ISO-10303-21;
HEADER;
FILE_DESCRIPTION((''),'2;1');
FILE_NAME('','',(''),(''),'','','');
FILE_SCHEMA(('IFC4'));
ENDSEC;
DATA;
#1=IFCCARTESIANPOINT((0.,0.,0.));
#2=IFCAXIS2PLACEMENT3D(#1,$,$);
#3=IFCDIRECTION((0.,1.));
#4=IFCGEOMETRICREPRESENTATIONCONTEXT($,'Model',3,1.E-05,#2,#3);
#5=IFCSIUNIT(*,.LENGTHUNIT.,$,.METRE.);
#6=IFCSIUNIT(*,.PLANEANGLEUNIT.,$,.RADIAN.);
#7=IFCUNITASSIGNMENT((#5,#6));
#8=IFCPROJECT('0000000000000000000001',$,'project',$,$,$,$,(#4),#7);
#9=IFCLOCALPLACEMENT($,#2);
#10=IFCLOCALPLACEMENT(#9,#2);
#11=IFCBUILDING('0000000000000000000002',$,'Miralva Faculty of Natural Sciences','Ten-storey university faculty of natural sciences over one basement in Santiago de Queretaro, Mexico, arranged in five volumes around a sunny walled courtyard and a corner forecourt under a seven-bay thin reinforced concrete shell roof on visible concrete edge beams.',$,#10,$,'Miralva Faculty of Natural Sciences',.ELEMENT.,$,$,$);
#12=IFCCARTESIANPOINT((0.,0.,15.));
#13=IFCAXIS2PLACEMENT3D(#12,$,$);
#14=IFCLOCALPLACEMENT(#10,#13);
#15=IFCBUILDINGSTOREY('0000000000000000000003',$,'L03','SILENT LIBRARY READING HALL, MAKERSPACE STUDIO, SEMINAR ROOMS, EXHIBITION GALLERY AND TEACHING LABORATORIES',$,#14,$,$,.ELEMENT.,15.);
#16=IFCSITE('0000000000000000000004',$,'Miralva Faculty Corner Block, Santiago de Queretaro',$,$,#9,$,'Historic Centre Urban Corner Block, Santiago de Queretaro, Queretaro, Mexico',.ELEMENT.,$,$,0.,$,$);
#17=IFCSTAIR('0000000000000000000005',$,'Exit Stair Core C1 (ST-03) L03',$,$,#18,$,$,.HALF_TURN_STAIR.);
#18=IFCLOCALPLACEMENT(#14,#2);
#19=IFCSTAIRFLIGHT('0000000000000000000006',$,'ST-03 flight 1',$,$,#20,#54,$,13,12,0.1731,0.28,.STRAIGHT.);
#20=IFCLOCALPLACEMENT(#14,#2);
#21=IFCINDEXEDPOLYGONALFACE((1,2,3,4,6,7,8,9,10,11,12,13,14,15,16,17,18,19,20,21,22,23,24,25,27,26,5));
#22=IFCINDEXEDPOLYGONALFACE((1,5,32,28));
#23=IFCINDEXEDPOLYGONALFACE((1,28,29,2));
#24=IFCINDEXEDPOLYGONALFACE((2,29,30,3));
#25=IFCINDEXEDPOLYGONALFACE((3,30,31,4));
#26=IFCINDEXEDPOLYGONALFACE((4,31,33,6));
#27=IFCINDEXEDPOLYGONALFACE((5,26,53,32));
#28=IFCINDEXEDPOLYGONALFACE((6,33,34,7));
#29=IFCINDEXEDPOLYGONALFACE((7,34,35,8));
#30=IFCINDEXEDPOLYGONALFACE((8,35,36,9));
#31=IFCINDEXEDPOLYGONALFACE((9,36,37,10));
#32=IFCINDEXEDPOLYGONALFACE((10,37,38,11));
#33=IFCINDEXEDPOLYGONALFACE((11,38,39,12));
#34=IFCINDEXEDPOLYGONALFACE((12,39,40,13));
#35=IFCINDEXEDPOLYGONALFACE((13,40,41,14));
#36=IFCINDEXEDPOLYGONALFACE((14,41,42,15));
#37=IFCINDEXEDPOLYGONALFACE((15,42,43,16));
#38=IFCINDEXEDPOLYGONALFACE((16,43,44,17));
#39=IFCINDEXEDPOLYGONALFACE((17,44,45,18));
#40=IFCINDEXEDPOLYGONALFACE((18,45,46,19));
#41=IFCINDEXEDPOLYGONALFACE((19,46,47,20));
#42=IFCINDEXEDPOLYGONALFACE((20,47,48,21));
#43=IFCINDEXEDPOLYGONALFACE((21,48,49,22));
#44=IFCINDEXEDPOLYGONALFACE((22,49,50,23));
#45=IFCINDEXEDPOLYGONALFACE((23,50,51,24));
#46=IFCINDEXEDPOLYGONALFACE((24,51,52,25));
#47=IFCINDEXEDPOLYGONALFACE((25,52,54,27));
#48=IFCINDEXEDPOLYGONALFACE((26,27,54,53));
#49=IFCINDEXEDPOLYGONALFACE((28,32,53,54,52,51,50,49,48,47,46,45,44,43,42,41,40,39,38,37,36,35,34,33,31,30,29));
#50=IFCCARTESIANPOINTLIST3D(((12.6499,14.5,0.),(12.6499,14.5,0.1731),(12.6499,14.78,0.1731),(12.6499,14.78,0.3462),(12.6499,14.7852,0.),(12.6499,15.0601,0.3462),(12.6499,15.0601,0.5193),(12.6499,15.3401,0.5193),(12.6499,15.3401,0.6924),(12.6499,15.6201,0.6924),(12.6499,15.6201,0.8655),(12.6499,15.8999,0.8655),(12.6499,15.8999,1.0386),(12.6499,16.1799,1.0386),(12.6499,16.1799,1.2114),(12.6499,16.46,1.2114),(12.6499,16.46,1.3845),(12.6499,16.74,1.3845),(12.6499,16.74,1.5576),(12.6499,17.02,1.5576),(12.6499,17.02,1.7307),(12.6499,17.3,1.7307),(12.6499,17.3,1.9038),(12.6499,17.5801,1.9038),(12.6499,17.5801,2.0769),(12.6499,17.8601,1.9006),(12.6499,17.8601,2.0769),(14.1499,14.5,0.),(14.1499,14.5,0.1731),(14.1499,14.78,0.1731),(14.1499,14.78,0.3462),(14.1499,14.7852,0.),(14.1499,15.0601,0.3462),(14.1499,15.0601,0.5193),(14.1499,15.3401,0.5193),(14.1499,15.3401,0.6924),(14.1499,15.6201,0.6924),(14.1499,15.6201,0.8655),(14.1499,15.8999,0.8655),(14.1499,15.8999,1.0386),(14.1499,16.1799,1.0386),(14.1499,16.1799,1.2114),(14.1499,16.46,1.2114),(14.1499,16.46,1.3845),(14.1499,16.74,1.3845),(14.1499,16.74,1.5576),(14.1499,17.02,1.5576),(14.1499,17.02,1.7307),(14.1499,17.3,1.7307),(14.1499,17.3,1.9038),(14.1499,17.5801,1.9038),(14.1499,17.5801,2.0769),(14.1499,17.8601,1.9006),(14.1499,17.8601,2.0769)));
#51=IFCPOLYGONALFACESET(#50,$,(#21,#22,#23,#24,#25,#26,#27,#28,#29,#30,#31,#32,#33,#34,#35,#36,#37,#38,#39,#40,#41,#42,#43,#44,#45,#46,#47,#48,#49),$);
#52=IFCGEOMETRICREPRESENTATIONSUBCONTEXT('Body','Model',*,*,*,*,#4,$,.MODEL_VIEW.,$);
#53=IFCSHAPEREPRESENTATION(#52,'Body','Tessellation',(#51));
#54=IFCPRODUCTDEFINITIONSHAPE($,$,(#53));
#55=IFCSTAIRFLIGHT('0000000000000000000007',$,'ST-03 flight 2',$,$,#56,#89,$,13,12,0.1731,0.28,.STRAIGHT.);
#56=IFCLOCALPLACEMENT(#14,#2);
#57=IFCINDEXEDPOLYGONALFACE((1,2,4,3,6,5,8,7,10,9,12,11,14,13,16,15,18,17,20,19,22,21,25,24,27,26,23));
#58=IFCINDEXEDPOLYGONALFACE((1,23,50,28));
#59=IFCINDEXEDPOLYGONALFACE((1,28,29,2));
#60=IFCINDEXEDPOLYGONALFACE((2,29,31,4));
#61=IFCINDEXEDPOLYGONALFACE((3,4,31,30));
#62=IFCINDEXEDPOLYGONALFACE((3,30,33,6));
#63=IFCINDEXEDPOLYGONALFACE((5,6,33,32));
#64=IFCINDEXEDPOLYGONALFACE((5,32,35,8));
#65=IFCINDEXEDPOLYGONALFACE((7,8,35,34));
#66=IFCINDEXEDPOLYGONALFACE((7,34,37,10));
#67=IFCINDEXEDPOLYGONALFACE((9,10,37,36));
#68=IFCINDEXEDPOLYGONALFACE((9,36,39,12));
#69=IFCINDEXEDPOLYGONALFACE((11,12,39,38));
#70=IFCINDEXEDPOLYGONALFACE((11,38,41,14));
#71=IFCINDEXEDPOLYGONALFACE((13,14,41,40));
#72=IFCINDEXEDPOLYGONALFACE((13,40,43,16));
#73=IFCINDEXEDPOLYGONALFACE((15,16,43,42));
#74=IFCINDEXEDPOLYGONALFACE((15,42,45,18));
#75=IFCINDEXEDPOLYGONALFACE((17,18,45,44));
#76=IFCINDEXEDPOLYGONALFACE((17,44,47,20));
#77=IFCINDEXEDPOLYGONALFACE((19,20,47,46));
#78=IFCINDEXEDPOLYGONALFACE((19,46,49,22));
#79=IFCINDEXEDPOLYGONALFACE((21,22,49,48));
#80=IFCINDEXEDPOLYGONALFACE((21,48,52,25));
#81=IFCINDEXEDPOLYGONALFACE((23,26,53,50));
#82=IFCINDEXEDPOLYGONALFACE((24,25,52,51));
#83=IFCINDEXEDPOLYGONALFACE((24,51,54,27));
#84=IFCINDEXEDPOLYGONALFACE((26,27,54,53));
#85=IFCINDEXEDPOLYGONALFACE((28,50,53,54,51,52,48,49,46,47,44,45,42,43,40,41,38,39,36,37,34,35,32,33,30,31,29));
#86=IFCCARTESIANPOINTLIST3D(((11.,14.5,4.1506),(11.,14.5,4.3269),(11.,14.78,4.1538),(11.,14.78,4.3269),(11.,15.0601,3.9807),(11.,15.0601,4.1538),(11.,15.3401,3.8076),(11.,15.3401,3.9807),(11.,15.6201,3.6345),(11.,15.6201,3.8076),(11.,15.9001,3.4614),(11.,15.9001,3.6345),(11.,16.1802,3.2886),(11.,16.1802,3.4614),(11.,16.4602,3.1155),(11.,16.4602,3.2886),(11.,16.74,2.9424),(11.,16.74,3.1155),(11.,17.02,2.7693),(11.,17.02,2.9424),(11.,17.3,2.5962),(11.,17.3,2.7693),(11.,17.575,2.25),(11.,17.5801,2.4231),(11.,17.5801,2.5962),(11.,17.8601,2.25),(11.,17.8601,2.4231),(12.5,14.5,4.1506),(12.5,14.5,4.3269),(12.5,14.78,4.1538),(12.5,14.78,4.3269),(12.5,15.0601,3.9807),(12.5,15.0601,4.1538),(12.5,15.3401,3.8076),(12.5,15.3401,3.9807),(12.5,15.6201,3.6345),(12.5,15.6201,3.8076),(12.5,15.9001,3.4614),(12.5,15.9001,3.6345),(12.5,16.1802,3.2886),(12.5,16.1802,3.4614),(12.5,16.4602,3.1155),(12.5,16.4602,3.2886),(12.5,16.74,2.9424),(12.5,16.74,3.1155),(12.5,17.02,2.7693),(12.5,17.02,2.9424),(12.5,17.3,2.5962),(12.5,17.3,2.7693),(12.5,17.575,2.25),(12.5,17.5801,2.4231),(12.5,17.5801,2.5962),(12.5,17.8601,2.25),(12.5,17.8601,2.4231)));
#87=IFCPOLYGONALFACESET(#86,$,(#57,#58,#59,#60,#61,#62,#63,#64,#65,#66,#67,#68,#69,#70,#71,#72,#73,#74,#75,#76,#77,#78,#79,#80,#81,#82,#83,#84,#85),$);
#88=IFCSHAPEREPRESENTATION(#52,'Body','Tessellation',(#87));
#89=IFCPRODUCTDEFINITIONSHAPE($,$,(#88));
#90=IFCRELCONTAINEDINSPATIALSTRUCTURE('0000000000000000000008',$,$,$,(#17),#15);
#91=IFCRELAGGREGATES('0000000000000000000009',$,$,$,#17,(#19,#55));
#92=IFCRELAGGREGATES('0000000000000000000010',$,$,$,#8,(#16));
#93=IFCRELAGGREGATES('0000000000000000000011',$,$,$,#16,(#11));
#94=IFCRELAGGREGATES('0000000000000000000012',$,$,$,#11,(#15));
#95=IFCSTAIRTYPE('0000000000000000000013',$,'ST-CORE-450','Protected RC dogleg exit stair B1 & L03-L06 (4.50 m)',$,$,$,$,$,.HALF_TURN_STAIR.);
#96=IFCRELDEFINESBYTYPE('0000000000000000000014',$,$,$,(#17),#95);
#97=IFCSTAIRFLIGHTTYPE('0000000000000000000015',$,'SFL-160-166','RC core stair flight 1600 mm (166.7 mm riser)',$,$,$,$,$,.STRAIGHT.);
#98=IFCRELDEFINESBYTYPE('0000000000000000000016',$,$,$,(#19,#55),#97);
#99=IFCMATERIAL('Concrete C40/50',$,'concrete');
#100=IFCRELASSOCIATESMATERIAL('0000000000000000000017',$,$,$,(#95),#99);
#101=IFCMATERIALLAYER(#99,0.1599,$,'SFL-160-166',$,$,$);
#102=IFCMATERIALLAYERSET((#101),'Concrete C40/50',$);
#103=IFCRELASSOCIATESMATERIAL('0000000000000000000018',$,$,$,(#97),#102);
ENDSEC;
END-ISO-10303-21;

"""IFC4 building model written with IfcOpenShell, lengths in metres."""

from ifc_helpers import new_model, si_unit, direction, frame, origin, place, context, subcontext, project, spatial, polyline, outline, extrude, material, layer, layer_set, type_object, element, aggregate, save


model = new_model("IFC4")

# Units and contexts
model_context = context("Model", 3, precision=1e-05, world=origin(), true_north=direction((0.0, 1.0)))
body_context = subcontext(model_context, "Body", "Model", "MODEL_VIEW")
ifc_project = project(units=[si_unit("LENGTHUNIT", "METRE"), si_unit("PLANEANGLEUNIT", "RADIAN")], contexts=[model_context])

# Site, building, storey
site_placement = place(None, origin())
site = spatial("IfcSite", under=ifc_project, at=site_placement, Name="Miralva Faculty Corner Block, Santiago de Queretaro", LongName="Historic Centre Urban Corner Block, Santiago de Queretaro, Queretaro, Mexico", CompositionType="ELEMENT", RefElevation=0.0)
building_placement = place(site_placement, origin())
building = spatial("IfcBuilding", under=site, at=building_placement, Name="Miralva Faculty of Natural Sciences", Description="Ten-storey university faculty of natural sciences over one basement in Santiago de Queretaro, Mexico, arranged in five volumes around a sunny walled courtyard and a corner forecourt under a seven-bay thin reinforced concrete shell roof on visible concrete edge beams.", LongName="Miralva Faculty of Natural Sciences", CompositionType="ELEMENT")
storey_placement = place(building_placement, frame((0.0, 0.0, 15.0)))
storey = spatial("IfcBuildingStorey", under=building, at=storey_placement, Name="L03", Description="SILENT LIBRARY READING HALL, MAKERSPACE STUDIO, SEMINAR ROOMS, EXHIBITION GALLERY AND TEACHING LABORATORIES", CompositionType="ELEMENT", Elevation=15.0)

# Stair, stair flights
ifc_material_1 = material(Name="Concrete C40/50", Category="concrete")
stair_type = type_object("IfcStairType", Name="ST-CORE-450", Description="Protected RC dogleg exit stair B1 & L03-L06 (4.50 m)", PredefinedType="HALF_TURN_STAIR", material=ifc_material_1)
stair_placement = place(storey_placement, origin())
stair = element("IfcStair", 1, at=stair_placement, inside=storey, type_object=stair_type, Name="Exit Stair Core C1 (ST-03) L03", PredefinedType="HALF_TURN_STAIR")
ifc_layer_1 = layer(ifc_material_1, 0.1599, Name="SFL-160-166")
ifc_layer_set_1 = layer_set([ifc_layer_1], Name="Concrete C40/50")
stair_flight_type = type_object("IfcStairFlightType", Name="SFL-160-166", Description="RC core stair flight 1600 mm (166.7 mm riser)", PredefinedType="STRAIGHT", material=ifc_layer_set_1)
stair_flight_1_placement = place(storey_placement, frame((13.3999, 14.5, 0.0), z_axis=(0.0, 0.0, 1.0), x_axis=(0.0, 1.0, 0.0)))
stair_flight_1 = element("IfcStairFlight", 2, at=stair_flight_1_placement, type_object=stair_flight_type, Name="ST-03 flight 1", NumberOfRisers=13, NumberOfTreads=12, PredefinedType="STRAIGHT", RiserHeight=0.1731, TreadLength=0.28, context=body_context, shape_type="SweptSolid", body=[
    extrude(outline(polyline([(0.0, 0.0), (0.0, 0.1731), (0.28, 0.1731), (0.28, 0.3462), (0.5601, 0.3462), (0.5601, 0.5193), (0.8401, 0.5193), (0.8401, 0.6924), (1.1201, 0.6924), (1.1201, 0.8655), (1.3999, 0.8655), (1.3999, 1.0386), (1.6799, 1.0386), (1.6799, 1.2114), (1.96, 1.2114), (1.96, 1.3845), (2.24, 1.3845), (2.24, 1.5576), (2.52, 1.5576), (2.52, 1.7307), (2.8, 1.7307), (2.8, 1.9038), (3.0801, 1.9038), (3.0801, 2.0769), (3.3601, 2.0769), (3.3601, 2.25), (3.3601, 1.9006), (0.2852, 0.0), (0.0, 0.0)])), frame((0.0, 0.75, 0.0), z_axis=(0.0, -1.0, 0.0), x_axis=(1.0, 0.0, 0.0)), (0.0, 0.0, 1.0), 1.5),
])
stair_flight_2_placement = place(storey_placement, frame((11.75, 17.8601, 2.25), z_axis=(0.0, 0.0, 1.0), x_axis=(0.0, -1.0, 0.0)))
stair_flight_2 = element("IfcStairFlight", 3, at=stair_flight_2_placement, type_object=stair_flight_type, Name="ST-03 flight 2", NumberOfRisers=13, NumberOfTreads=12, PredefinedType="STRAIGHT", RiserHeight=0.1731, TreadLength=0.28, context=body_context, shape_type="SweptSolid", body=[
    extrude(outline(polyline([(0.0, 0.0), (0.0, 0.1731), (0.28, 0.1731), (0.28, 0.3462), (0.5601, 0.3462), (0.5601, 0.5193), (0.8401, 0.5193), (0.8401, 0.6924), (1.1201, 0.6924), (1.1201, 0.8655), (1.3999, 0.8655), (1.3999, 1.0386), (1.6799, 1.0386), (1.6799, 1.2114), (1.96, 1.2114), (1.96, 1.3845), (2.24, 1.3845), (2.24, 1.5576), (2.52, 1.5576), (2.52, 1.7307), (2.8, 1.7307), (2.8, 1.9038), (3.0801, 1.9038), (3.0801, 2.0769), (3.3601, 2.0769), (3.3601, 2.25), (3.3601, 1.9006), (0.2852, 0.0), (0.0, 0.0)])), frame((0.0, 0.75, 0.0), z_axis=(0.0, -1.0, 0.0), x_axis=(1.0, 0.0, 0.0)), (0.0, 0.0, 1.0), 1.5),
])
aggregate(stair, [stair_flight_1, stair_flight_2])

save(model, "model.ifc")
